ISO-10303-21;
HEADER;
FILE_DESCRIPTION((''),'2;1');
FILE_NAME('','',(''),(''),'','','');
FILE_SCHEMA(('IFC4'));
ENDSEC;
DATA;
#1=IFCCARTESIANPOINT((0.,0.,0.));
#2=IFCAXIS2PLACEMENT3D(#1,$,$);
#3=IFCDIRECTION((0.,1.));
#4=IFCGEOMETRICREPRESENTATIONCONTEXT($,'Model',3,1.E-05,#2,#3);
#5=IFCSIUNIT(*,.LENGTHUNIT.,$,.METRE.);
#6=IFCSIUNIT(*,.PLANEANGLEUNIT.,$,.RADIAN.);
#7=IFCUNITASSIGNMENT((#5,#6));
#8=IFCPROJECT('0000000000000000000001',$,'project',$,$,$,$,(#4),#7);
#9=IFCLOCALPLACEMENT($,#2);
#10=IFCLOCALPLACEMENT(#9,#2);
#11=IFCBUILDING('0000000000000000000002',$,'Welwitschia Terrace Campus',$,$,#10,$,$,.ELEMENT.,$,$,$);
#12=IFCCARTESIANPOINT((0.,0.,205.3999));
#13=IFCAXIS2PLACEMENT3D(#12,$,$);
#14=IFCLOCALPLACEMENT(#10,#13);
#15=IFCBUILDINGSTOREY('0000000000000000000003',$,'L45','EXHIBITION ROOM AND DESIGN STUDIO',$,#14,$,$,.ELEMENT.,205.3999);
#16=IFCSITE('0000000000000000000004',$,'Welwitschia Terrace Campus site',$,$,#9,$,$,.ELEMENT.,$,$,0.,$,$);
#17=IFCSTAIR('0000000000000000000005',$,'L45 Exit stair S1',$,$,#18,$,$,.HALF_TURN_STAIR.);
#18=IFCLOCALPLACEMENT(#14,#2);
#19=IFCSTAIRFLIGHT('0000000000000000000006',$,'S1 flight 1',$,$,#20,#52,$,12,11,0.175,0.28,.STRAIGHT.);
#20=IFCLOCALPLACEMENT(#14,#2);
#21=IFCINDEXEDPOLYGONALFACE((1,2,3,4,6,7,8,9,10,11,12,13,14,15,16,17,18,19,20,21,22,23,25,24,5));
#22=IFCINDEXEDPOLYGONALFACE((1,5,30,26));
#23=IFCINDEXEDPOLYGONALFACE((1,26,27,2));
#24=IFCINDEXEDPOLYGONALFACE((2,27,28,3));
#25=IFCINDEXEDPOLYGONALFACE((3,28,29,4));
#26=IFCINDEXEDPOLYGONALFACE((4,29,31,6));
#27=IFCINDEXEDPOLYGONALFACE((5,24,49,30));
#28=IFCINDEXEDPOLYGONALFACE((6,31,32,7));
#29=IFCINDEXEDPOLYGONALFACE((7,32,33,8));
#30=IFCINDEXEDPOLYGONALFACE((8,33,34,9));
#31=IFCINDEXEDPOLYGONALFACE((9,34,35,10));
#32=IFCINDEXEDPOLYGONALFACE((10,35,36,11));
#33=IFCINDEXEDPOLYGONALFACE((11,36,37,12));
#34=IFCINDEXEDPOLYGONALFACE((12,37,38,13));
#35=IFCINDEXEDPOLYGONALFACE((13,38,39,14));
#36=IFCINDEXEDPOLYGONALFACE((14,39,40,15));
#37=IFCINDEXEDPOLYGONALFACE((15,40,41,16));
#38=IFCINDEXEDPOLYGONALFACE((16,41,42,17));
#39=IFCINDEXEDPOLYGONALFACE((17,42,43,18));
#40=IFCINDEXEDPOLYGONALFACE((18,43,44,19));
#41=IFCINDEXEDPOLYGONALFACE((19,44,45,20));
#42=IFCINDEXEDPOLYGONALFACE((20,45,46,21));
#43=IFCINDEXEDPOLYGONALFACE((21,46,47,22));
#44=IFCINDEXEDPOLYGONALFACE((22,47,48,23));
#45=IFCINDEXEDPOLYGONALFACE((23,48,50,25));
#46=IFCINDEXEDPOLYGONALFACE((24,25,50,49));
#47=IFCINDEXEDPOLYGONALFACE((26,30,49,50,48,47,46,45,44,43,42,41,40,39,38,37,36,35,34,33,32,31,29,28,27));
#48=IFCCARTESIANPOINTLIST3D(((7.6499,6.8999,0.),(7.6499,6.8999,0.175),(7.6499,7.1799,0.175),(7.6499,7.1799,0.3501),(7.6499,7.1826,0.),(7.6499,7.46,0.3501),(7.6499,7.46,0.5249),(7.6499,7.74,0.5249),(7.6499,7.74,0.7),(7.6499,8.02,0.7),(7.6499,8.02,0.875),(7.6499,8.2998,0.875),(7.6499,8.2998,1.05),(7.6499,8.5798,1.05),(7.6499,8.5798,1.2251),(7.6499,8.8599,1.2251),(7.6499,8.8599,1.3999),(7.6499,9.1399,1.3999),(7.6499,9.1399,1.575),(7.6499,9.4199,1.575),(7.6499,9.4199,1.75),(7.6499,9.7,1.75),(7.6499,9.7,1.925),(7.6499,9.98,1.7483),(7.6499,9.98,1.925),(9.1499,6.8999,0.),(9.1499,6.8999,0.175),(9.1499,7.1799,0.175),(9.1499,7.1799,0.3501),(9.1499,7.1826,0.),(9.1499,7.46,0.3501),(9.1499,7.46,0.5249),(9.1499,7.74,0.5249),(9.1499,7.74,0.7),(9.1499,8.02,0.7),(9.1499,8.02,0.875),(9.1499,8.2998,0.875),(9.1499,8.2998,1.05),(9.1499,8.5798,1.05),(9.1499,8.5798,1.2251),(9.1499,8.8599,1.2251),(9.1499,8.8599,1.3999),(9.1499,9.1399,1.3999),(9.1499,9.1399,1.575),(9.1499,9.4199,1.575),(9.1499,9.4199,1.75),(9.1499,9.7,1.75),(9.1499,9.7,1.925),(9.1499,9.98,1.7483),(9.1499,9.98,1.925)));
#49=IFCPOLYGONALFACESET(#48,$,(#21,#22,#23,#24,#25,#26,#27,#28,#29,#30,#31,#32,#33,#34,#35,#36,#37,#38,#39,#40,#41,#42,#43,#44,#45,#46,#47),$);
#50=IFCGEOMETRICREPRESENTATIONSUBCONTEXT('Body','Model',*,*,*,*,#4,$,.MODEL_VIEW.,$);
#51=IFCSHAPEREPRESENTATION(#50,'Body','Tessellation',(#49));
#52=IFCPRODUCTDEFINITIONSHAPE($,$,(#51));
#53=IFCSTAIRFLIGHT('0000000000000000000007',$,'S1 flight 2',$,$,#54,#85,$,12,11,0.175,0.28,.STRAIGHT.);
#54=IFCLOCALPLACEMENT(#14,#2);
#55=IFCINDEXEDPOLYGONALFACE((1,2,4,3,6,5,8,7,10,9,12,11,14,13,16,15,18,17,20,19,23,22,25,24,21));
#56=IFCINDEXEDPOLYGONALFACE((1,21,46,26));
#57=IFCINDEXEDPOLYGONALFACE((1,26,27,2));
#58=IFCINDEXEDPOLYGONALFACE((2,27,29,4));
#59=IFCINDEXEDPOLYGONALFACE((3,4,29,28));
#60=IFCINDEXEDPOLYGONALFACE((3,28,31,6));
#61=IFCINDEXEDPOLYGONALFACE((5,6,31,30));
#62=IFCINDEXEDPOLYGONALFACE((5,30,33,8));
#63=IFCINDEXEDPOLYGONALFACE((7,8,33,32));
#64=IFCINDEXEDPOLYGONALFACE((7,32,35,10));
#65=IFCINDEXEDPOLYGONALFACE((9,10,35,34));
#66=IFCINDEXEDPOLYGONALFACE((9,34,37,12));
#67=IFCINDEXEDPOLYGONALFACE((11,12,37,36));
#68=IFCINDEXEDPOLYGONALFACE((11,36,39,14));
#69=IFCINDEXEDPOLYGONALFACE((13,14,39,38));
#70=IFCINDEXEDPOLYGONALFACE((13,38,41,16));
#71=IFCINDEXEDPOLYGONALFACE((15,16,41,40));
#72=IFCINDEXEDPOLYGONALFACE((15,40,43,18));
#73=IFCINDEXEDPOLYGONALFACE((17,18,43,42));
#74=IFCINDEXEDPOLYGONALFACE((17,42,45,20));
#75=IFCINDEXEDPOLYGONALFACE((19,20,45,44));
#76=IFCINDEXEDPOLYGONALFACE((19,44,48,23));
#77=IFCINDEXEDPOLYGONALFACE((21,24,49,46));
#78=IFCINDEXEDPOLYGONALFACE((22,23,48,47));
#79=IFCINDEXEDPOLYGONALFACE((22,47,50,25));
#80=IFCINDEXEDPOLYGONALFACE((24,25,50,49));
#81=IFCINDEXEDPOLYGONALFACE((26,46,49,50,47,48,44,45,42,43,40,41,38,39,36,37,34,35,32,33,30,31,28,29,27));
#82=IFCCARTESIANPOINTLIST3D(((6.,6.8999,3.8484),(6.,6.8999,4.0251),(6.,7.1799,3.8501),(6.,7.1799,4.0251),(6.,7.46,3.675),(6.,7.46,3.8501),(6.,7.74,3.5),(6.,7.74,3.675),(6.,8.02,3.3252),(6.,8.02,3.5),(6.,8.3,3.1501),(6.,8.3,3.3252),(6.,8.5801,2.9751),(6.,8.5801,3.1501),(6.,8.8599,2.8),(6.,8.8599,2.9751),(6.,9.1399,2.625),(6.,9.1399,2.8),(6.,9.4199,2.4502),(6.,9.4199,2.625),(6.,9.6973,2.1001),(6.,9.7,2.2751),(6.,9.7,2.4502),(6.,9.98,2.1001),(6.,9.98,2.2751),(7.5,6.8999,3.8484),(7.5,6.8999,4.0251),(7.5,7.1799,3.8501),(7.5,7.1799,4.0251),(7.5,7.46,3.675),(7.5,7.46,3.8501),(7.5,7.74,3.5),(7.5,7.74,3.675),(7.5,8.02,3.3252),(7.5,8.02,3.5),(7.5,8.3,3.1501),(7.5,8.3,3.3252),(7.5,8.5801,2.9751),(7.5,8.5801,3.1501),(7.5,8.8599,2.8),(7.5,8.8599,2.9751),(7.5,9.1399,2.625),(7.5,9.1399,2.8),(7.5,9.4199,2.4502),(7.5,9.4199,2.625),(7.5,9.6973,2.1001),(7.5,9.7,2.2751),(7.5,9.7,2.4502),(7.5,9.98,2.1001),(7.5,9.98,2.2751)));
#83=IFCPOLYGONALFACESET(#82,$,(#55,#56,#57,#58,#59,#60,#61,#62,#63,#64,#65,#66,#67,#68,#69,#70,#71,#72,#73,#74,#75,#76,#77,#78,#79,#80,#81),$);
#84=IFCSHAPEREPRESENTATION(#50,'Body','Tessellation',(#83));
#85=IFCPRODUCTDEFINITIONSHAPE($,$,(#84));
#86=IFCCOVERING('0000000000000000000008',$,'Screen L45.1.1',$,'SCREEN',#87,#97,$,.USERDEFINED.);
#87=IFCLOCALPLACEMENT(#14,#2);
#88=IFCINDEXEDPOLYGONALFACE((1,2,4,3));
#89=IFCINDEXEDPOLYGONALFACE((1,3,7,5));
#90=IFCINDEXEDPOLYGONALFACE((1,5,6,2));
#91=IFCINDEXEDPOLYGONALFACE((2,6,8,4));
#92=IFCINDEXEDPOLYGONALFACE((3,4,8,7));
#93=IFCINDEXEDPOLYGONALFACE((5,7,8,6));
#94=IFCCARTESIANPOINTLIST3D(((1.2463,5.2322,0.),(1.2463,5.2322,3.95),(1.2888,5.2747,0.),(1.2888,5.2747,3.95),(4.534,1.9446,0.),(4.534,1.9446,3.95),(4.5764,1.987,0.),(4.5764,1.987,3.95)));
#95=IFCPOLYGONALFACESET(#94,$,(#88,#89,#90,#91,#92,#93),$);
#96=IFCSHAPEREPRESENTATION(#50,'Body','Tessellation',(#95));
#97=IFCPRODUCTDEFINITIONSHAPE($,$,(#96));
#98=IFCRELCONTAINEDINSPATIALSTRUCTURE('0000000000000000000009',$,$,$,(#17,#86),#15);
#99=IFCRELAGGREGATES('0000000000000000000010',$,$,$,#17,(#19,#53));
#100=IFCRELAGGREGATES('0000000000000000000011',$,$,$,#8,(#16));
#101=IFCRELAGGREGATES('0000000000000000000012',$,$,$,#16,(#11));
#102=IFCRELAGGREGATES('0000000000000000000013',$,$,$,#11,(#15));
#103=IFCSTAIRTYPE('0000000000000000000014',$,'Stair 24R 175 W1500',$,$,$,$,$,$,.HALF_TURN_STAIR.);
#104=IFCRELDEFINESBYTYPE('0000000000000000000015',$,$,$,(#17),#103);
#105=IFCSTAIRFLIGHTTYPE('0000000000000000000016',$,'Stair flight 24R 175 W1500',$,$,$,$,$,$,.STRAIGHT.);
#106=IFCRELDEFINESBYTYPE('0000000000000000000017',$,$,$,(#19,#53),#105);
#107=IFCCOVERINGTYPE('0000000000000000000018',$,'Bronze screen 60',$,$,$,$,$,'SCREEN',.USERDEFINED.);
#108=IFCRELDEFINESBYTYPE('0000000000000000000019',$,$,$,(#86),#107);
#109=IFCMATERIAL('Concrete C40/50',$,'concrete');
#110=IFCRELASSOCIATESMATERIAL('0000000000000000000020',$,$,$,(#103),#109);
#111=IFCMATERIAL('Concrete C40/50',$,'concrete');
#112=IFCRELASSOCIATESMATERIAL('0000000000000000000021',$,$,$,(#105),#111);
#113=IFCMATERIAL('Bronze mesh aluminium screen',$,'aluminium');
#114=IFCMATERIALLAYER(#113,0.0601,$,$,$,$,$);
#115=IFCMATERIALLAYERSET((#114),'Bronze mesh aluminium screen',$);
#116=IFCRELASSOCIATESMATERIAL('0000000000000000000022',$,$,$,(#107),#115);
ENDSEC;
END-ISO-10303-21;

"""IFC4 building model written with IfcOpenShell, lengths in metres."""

from ifc_helpers import new_model, si_unit, direction, frame, origin, origin_2d, place, context, subcontext, project, spatial, polyline, rectangle, outline, extrude, material, layer, layer_set, type_object, element, aggregate, save


model = new_model("IFC4")

# Units and contexts
model_context = context("Model", 3, precision=1e-05, world=origin(), true_north=direction((0.0, 1.0)))
body_context = subcontext(model_context, "Body", "Model", "MODEL_VIEW")
ifc_project = project(units=[si_unit("LENGTHUNIT", "METRE"), si_unit("PLANEANGLEUNIT", "RADIAN")], contexts=[model_context])

# Site, building, storey
site_placement = place(None, origin())
site = spatial("IfcSite", under=ifc_project, at=site_placement, Name="Welwitschia Terrace Campus site", CompositionType="ELEMENT", RefElevation=0.0)
building_placement = place(site_placement, origin())
building = spatial("IfcBuilding", under=site, at=building_placement, Name="Welwitschia Terrace Campus", CompositionType="ELEMENT")
storey_placement = place(building_placement, frame((0.0, 0.0, 205.3999)))
storey = spatial("IfcBuildingStorey", under=building, at=storey_placement, Name="L45", Description="EXHIBITION ROOM AND DESIGN STUDIO", CompositionType="ELEMENT", Elevation=205.3999)

# Stair, stair flights
ifc_material_1 = material(Name="Concrete C40/50", Category="concrete")
stair_type = type_object("IfcStairType", Name="Stair 24R 175 W1500", PredefinedType="HALF_TURN_STAIR", material=ifc_material_1)
stair_placement = place(storey_placement, origin())
stair = element("IfcStair", 1, at=stair_placement, inside=storey, type_object=stair_type, Name="L45 Exit stair S1", PredefinedType="HALF_TURN_STAIR")
ifc_material_2 = material(Name="Concrete C40/50", Category="concrete")
stair_flight_type = type_object("IfcStairFlightType", Name="Stair flight 24R 175 W1500", PredefinedType="STRAIGHT", material=ifc_material_2)
stair_flight_1_placement = place(storey_placement, frame((8.3999, 6.8999, 0.0), z_axis=(0.0, 0.0, 1.0), x_axis=(0.0, 1.0, 0.0)))
stair_flight_1 = element("IfcStairFlight", 2, at=stair_flight_1_placement, type_object=stair_flight_type, Name="S1 flight 1", NumberOfRisers=12, NumberOfTreads=11, PredefinedType="STRAIGHT", RiserHeight=0.175, TreadLength=0.28, context=body_context, shape_type="SweptSolid", body=[
    extrude(outline(polyline([(0.0, 0.0), (0.0, 0.175), (0.28, 0.175), (0.28, 0.3501), (0.5601, 0.3501), (0.5601, 0.5249), (0.8401, 0.5249), (0.8401, 0.7), (1.1201, 0.7), (1.1201, 0.875), (1.3999, 0.875), (1.3999, 1.05), (1.6799, 1.05), (1.6799, 1.2251), (1.96, 1.2251), (1.96, 1.3999), (2.24, 1.3999), (2.24, 1.575), (2.52, 1.575), (2.52, 1.75), (2.8, 1.75), (2.8, 1.925), (3.0801, 1.925), (3.0801, 2.1001), (3.0801, 1.7483), (0.2827, 0.0), (0.0, 0.0)])), frame((0.0, 0.75, 0.0), z_axis=(0.0, -1.0, 0.0), x_axis=(1.0, 0.0, 0.0)), (0.0, 0.0, 1.0), 1.5),
])
stair_flight_2_placement = place(storey_placement, frame((6.75, 9.98, 2.1001), z_axis=(0.0, 0.0, 1.0), x_axis=(0.0, -1.0, 0.0)))
stair_flight_2 = element("IfcStairFlight", 3, at=stair_flight_2_placement, type_object=stair_flight_type, Name="S1 flight 2", NumberOfRisers=12, NumberOfTreads=11, PredefinedType="STRAIGHT", RiserHeight=0.175, TreadLength=0.28, context=body_context, shape_type="SweptSolid", body=[
    extrude(outline(polyline([(0.0, 0.0), (0.0, 0.175), (0.28, 0.175), (0.28, 0.3501), (0.5601, 0.3501), (0.5601, 0.5249), (0.8401, 0.5249), (0.8401, 0.7), (1.1201, 0.7), (1.1201, 0.875), (1.3999, 0.875), (1.3999, 1.05), (1.6799, 1.05), (1.6799, 1.2251), (1.96, 1.2251), (1.96, 1.3999), (2.24, 1.3999), (2.24, 1.575), (2.52, 1.575), (2.52, 1.75), (2.8, 1.75), (2.8, 1.925), (3.0801, 1.925), (3.0801, 2.1001), (3.0801, 1.7483), (0.2827, 0.0), (0.0, 0.0)])), frame((0.0, 0.75, 0.0), z_axis=(0.0, -1.0, 0.0), x_axis=(1.0, 0.0, 0.0)), (0.0, 0.0, 1.0), 1.5),
])
aggregate(stair, [stair_flight_1, stair_flight_2])

# Covering
ifc_material_3 = material(Name="Bronze mesh aluminium screen", Category="aluminium")
ifc_layer_1 = layer(ifc_material_3, 0.0601)
ifc_layer_set_1 = layer_set([ifc_layer_1], Name="Bronze mesh aluminium screen")
covering_type = type_object("IfcCoveringType", Name="Bronze screen 60", ElementType="SCREEN", PredefinedType="USERDEFINED", material=ifc_layer_set_1)
covering_placement = place(storey_placement, frame((2.9114, 3.6096, 0.0), z_axis=(0.0, 0.0, 1.0), x_axis=(0.707107, -0.707107, 0.0)))
element("IfcCovering", 4, at=covering_placement, inside=storey, type_object=covering_type, Name="Screen L45.1.1", ObjectType="SCREEN", PredefinedType="USERDEFINED", context=body_context, shape_type="SweptSolid", body=[
    extrude(rectangle(XDim=4.6494, YDim=0.0601, at=origin_2d()), origin(), (0.0, 0.0, 1.0), 3.95),
])

save(model, "model.ifc")
